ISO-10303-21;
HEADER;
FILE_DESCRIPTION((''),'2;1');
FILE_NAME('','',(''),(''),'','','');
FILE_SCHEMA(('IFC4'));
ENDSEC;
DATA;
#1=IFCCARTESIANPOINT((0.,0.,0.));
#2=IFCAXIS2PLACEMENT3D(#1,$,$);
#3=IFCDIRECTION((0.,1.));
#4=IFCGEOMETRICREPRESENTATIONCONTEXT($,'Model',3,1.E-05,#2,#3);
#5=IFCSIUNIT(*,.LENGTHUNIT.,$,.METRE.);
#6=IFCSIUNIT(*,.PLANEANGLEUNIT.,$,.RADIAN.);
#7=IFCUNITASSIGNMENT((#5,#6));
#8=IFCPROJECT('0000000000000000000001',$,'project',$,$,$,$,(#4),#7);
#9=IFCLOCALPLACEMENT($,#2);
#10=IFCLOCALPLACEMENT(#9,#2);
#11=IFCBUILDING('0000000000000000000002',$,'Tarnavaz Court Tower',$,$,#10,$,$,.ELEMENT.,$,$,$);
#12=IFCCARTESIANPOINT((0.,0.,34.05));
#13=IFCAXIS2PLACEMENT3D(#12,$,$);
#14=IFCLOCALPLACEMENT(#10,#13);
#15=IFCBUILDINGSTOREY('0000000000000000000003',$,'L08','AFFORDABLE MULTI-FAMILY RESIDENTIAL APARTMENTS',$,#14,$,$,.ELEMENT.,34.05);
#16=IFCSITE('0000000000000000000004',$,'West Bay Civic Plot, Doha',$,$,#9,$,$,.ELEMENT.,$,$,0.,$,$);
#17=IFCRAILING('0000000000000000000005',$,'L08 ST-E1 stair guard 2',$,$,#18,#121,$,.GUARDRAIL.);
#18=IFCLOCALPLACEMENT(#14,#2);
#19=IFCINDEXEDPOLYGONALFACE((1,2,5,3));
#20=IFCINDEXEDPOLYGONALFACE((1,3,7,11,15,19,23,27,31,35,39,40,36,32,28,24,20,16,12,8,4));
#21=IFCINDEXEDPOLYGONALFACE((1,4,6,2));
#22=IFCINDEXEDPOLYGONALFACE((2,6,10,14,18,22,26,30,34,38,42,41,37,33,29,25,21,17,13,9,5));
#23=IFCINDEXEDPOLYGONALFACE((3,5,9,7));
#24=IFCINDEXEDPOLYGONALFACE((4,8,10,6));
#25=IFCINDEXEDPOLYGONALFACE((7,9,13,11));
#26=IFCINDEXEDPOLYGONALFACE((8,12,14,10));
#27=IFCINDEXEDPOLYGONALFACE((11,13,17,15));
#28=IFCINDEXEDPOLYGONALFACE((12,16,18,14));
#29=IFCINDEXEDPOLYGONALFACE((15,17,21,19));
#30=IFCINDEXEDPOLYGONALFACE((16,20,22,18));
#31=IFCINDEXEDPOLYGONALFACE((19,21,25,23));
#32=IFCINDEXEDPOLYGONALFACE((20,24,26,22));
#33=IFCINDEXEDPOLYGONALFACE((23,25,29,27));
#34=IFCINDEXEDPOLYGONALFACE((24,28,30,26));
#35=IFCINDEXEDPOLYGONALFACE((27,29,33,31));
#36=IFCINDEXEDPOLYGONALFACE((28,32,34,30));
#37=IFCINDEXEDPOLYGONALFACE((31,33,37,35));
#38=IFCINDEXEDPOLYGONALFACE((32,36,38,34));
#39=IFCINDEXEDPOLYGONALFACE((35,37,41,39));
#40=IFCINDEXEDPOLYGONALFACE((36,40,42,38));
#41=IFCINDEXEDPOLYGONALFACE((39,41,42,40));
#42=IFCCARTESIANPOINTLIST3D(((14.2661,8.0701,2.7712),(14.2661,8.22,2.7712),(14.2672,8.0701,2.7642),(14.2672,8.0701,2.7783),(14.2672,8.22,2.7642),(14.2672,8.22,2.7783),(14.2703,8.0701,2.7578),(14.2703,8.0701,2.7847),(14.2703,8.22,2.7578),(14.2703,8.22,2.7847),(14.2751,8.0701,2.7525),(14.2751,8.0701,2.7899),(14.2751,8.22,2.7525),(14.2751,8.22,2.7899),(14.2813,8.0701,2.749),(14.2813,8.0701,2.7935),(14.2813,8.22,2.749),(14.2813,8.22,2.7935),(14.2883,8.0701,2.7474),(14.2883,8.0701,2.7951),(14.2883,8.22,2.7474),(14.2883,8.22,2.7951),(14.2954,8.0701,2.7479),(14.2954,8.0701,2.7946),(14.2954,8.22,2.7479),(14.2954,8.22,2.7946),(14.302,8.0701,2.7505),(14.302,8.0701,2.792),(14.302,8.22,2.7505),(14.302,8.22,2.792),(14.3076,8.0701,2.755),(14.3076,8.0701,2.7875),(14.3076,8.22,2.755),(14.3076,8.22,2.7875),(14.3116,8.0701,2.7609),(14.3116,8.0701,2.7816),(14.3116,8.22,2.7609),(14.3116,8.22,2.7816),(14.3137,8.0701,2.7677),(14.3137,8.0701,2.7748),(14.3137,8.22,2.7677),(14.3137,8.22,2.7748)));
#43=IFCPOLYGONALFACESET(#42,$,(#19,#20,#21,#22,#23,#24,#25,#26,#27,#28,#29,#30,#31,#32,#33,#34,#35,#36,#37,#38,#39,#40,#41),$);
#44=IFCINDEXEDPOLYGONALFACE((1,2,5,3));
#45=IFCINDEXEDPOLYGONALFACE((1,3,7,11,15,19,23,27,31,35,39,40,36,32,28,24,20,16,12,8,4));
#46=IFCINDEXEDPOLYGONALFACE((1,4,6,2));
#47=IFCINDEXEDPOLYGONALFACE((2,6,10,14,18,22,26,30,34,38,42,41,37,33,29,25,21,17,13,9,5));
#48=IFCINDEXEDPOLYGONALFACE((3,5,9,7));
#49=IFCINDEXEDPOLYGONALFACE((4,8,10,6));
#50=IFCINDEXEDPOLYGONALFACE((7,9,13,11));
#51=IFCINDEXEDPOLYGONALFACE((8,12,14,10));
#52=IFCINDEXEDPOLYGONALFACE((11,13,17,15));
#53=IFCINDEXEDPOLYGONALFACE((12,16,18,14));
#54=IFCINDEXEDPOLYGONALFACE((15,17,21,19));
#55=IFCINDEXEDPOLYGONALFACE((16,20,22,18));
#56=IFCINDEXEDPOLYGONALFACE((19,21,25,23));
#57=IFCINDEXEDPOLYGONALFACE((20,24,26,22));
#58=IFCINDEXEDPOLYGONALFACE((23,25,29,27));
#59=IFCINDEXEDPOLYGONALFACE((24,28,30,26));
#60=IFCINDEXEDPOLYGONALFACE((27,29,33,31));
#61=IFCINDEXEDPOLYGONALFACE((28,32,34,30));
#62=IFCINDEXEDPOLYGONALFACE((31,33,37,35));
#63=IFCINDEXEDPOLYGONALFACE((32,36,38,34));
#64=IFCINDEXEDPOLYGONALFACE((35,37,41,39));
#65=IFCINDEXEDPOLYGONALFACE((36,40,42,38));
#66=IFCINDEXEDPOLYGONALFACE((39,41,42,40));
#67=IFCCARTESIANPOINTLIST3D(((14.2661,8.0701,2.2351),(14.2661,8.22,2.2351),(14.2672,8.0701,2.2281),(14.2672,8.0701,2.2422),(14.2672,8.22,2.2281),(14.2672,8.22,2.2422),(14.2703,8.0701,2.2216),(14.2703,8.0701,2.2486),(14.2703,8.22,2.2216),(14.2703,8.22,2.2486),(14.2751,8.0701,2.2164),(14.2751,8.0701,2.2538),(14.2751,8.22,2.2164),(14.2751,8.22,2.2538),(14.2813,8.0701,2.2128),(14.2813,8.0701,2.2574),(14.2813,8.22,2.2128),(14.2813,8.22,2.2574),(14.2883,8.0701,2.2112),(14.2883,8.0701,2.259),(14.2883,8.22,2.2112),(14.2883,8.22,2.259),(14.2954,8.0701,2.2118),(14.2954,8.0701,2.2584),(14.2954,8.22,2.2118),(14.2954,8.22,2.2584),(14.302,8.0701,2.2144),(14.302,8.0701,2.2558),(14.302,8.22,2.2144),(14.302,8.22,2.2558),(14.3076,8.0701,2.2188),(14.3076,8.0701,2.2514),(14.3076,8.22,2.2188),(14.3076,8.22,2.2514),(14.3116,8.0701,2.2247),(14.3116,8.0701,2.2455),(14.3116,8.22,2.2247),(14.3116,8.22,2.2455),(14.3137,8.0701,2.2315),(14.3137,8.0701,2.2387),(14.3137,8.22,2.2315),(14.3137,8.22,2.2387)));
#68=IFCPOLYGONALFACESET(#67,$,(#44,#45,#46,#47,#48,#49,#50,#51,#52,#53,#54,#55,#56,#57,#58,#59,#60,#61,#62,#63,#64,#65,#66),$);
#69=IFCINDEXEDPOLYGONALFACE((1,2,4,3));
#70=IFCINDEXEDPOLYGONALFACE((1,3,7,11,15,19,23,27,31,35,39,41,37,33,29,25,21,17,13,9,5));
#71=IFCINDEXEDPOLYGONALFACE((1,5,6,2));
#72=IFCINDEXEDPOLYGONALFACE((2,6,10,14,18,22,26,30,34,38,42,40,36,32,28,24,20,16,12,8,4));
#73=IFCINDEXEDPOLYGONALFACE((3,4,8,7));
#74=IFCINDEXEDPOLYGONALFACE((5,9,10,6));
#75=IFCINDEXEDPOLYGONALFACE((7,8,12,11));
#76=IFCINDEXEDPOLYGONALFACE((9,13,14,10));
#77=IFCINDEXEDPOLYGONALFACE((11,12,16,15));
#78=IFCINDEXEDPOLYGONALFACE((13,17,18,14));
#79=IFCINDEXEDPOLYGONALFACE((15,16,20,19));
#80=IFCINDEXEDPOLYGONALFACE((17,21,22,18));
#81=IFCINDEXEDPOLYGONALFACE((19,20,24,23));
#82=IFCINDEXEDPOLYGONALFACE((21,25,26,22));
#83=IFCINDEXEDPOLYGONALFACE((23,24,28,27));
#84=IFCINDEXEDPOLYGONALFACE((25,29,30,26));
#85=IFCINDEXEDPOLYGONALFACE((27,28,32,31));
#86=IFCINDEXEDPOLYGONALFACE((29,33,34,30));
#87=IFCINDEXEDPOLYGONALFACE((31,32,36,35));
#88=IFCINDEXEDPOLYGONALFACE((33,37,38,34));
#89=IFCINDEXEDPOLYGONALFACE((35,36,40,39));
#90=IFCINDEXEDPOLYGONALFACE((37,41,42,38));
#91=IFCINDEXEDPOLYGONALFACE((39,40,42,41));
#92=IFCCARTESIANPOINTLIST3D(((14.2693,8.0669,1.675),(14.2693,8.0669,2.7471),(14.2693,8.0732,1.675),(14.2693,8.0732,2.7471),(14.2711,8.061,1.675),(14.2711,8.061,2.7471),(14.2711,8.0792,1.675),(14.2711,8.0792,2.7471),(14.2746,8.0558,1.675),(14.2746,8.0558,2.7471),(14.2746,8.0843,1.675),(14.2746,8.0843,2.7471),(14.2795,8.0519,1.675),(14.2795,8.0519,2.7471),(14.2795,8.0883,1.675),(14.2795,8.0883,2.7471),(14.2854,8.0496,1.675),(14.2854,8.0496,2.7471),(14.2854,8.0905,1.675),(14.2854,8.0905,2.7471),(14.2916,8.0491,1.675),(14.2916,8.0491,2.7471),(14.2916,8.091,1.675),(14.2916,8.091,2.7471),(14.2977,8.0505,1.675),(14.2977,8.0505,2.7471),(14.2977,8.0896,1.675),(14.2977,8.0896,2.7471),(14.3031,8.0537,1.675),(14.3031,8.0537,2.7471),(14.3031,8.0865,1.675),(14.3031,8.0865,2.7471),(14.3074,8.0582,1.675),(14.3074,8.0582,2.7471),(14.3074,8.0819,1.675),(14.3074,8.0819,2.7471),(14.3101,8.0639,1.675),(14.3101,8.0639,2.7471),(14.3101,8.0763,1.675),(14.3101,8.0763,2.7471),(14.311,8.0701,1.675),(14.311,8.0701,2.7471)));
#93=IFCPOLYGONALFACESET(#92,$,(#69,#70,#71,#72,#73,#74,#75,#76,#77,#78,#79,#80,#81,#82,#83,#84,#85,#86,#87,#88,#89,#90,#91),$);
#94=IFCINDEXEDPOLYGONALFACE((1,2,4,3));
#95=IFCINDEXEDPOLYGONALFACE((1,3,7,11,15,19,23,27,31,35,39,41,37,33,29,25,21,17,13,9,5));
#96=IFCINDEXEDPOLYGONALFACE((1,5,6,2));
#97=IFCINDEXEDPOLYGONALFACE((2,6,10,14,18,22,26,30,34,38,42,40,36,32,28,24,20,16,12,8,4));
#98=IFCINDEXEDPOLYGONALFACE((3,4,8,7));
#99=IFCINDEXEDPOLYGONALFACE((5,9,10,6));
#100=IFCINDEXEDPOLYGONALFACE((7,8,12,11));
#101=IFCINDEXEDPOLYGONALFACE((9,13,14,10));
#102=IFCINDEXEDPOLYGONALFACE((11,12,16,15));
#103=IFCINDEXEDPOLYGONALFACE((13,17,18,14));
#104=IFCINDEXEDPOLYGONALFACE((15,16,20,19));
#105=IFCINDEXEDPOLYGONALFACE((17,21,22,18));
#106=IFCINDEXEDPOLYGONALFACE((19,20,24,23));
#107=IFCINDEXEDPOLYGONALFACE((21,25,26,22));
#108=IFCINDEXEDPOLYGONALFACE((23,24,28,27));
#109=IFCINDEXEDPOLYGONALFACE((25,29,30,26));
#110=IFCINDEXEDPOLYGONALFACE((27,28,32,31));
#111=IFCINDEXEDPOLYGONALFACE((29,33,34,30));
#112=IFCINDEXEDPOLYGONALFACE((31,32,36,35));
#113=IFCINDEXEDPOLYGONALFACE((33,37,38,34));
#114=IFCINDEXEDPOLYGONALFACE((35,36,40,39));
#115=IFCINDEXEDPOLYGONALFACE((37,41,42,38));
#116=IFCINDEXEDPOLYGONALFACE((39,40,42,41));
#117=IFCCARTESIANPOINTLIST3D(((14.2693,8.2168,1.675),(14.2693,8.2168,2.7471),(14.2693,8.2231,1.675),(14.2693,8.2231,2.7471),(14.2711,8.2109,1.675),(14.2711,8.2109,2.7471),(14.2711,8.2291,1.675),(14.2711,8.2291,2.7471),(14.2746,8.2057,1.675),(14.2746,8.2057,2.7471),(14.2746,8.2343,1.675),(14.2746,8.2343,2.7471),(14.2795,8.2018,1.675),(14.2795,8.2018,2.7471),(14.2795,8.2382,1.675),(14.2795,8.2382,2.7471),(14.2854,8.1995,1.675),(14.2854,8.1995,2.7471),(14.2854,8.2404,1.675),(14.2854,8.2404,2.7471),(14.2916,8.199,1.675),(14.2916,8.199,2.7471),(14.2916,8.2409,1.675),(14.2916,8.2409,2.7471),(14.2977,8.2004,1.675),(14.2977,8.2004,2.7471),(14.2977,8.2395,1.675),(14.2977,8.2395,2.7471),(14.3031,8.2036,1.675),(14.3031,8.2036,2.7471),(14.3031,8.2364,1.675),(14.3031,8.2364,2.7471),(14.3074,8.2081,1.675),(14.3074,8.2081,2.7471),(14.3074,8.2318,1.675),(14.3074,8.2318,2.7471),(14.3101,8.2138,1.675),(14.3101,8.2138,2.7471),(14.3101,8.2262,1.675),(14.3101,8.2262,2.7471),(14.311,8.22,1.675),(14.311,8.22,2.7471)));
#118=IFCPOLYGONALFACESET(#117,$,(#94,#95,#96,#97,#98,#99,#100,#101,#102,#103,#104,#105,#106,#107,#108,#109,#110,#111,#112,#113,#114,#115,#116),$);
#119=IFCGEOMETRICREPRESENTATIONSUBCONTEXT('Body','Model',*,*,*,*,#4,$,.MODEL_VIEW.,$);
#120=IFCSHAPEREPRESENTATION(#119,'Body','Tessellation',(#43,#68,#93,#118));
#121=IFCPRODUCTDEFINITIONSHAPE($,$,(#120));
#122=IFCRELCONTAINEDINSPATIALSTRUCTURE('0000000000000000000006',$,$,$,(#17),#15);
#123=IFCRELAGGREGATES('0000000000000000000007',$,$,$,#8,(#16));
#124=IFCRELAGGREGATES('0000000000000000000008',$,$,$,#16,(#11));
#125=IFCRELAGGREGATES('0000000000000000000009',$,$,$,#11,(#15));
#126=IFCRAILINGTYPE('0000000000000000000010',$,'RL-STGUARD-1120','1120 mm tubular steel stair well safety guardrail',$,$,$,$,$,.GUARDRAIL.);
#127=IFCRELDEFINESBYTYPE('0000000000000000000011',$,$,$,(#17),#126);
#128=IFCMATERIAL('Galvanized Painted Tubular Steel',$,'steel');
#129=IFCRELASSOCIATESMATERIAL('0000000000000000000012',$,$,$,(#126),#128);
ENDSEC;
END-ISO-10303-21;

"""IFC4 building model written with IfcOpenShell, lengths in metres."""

from ifc_helpers import new_model, si_unit, direction, frame, origin, origin_2d, place, context, subcontext, project, spatial, circle, extrude, material, type_object, element, save


model = new_model("IFC4")

# Units and contexts
model_context = context("Model", 3, precision=1e-05, world=origin(), true_north=direction((0.0, 1.0)))
body_context = subcontext(model_context, "Body", "Model", "MODEL_VIEW")
ifc_project = project(units=[si_unit("LENGTHUNIT", "METRE"), si_unit("PLANEANGLEUNIT", "RADIAN")], contexts=[model_context])

# Site, building, storey
site_placement = place(None, origin())
site = spatial("IfcSite", under=ifc_project, at=site_placement, Name="West Bay Civic Plot, Doha", CompositionType="ELEMENT", RefElevation=0.0)
building_placement = place(site_placement, origin())
building = spatial("IfcBuilding", under=site, at=building_placement, Name="Tarnavaz Court Tower", CompositionType="ELEMENT")
storey_placement = place(building_placement, frame((0.0, 0.0, 34.05)))
storey = spatial("IfcBuildingStorey", under=building, at=storey_placement, Name="L08", Description="AFFORDABLE MULTI-FAMILY RESIDENTIAL APARTMENTS", CompositionType="ELEMENT", Elevation=34.05)

# Railing
ifc_material_1 = material(Name="Galvanized Painted Tubular Steel", Category="steel")
railing_type_1 = type_object("IfcRailingType", Name="RL-STGUARD-1120", Description="1120 mm tubular steel stair well safety guardrail", PredefinedType="GUARDRAIL", material=ifc_material_1)
railing_1_placement = place(storey_placement, frame((14.29, 8.0701, 1.675)))
element("IfcRailing", 1, at=railing_1_placement, inside=storey, type_object=railing_type_1, Name="L08 ST-E1 stair guard 2", PredefinedType="GUARDRAIL", context=body_context, shape_type="SweptSolid", body=[
    extrude(circle(Radius=0.0239, at=origin_2d()), frame((0.0, 0.0, 1.0962), z_axis=(0.0, 1.0, 0.0), x_axis=(-1.0, 0.0, 0.0)), (0.0, 0.0, 1.0), 0.1499),
    extrude(circle(Radius=0.0239, at=origin_2d()), frame((0.0, 0.0, 0.5601), z_axis=(0.0, 1.0, 0.0), x_axis=(-1.0, 0.0, 0.0)), (0.0, 0.0, 1.0), 0.1499),
    extrude(circle(Radius=0.021, at=origin_2d()), origin(), (0.0, 0.0, 1.0), 1.072),
    extrude(circle(Radius=0.021, at=origin_2d()), frame((0.0, 0.1499, 0.0)), (0.0, 0.0, 1.0), 1.072),
])

save(model, "model.ifc")
